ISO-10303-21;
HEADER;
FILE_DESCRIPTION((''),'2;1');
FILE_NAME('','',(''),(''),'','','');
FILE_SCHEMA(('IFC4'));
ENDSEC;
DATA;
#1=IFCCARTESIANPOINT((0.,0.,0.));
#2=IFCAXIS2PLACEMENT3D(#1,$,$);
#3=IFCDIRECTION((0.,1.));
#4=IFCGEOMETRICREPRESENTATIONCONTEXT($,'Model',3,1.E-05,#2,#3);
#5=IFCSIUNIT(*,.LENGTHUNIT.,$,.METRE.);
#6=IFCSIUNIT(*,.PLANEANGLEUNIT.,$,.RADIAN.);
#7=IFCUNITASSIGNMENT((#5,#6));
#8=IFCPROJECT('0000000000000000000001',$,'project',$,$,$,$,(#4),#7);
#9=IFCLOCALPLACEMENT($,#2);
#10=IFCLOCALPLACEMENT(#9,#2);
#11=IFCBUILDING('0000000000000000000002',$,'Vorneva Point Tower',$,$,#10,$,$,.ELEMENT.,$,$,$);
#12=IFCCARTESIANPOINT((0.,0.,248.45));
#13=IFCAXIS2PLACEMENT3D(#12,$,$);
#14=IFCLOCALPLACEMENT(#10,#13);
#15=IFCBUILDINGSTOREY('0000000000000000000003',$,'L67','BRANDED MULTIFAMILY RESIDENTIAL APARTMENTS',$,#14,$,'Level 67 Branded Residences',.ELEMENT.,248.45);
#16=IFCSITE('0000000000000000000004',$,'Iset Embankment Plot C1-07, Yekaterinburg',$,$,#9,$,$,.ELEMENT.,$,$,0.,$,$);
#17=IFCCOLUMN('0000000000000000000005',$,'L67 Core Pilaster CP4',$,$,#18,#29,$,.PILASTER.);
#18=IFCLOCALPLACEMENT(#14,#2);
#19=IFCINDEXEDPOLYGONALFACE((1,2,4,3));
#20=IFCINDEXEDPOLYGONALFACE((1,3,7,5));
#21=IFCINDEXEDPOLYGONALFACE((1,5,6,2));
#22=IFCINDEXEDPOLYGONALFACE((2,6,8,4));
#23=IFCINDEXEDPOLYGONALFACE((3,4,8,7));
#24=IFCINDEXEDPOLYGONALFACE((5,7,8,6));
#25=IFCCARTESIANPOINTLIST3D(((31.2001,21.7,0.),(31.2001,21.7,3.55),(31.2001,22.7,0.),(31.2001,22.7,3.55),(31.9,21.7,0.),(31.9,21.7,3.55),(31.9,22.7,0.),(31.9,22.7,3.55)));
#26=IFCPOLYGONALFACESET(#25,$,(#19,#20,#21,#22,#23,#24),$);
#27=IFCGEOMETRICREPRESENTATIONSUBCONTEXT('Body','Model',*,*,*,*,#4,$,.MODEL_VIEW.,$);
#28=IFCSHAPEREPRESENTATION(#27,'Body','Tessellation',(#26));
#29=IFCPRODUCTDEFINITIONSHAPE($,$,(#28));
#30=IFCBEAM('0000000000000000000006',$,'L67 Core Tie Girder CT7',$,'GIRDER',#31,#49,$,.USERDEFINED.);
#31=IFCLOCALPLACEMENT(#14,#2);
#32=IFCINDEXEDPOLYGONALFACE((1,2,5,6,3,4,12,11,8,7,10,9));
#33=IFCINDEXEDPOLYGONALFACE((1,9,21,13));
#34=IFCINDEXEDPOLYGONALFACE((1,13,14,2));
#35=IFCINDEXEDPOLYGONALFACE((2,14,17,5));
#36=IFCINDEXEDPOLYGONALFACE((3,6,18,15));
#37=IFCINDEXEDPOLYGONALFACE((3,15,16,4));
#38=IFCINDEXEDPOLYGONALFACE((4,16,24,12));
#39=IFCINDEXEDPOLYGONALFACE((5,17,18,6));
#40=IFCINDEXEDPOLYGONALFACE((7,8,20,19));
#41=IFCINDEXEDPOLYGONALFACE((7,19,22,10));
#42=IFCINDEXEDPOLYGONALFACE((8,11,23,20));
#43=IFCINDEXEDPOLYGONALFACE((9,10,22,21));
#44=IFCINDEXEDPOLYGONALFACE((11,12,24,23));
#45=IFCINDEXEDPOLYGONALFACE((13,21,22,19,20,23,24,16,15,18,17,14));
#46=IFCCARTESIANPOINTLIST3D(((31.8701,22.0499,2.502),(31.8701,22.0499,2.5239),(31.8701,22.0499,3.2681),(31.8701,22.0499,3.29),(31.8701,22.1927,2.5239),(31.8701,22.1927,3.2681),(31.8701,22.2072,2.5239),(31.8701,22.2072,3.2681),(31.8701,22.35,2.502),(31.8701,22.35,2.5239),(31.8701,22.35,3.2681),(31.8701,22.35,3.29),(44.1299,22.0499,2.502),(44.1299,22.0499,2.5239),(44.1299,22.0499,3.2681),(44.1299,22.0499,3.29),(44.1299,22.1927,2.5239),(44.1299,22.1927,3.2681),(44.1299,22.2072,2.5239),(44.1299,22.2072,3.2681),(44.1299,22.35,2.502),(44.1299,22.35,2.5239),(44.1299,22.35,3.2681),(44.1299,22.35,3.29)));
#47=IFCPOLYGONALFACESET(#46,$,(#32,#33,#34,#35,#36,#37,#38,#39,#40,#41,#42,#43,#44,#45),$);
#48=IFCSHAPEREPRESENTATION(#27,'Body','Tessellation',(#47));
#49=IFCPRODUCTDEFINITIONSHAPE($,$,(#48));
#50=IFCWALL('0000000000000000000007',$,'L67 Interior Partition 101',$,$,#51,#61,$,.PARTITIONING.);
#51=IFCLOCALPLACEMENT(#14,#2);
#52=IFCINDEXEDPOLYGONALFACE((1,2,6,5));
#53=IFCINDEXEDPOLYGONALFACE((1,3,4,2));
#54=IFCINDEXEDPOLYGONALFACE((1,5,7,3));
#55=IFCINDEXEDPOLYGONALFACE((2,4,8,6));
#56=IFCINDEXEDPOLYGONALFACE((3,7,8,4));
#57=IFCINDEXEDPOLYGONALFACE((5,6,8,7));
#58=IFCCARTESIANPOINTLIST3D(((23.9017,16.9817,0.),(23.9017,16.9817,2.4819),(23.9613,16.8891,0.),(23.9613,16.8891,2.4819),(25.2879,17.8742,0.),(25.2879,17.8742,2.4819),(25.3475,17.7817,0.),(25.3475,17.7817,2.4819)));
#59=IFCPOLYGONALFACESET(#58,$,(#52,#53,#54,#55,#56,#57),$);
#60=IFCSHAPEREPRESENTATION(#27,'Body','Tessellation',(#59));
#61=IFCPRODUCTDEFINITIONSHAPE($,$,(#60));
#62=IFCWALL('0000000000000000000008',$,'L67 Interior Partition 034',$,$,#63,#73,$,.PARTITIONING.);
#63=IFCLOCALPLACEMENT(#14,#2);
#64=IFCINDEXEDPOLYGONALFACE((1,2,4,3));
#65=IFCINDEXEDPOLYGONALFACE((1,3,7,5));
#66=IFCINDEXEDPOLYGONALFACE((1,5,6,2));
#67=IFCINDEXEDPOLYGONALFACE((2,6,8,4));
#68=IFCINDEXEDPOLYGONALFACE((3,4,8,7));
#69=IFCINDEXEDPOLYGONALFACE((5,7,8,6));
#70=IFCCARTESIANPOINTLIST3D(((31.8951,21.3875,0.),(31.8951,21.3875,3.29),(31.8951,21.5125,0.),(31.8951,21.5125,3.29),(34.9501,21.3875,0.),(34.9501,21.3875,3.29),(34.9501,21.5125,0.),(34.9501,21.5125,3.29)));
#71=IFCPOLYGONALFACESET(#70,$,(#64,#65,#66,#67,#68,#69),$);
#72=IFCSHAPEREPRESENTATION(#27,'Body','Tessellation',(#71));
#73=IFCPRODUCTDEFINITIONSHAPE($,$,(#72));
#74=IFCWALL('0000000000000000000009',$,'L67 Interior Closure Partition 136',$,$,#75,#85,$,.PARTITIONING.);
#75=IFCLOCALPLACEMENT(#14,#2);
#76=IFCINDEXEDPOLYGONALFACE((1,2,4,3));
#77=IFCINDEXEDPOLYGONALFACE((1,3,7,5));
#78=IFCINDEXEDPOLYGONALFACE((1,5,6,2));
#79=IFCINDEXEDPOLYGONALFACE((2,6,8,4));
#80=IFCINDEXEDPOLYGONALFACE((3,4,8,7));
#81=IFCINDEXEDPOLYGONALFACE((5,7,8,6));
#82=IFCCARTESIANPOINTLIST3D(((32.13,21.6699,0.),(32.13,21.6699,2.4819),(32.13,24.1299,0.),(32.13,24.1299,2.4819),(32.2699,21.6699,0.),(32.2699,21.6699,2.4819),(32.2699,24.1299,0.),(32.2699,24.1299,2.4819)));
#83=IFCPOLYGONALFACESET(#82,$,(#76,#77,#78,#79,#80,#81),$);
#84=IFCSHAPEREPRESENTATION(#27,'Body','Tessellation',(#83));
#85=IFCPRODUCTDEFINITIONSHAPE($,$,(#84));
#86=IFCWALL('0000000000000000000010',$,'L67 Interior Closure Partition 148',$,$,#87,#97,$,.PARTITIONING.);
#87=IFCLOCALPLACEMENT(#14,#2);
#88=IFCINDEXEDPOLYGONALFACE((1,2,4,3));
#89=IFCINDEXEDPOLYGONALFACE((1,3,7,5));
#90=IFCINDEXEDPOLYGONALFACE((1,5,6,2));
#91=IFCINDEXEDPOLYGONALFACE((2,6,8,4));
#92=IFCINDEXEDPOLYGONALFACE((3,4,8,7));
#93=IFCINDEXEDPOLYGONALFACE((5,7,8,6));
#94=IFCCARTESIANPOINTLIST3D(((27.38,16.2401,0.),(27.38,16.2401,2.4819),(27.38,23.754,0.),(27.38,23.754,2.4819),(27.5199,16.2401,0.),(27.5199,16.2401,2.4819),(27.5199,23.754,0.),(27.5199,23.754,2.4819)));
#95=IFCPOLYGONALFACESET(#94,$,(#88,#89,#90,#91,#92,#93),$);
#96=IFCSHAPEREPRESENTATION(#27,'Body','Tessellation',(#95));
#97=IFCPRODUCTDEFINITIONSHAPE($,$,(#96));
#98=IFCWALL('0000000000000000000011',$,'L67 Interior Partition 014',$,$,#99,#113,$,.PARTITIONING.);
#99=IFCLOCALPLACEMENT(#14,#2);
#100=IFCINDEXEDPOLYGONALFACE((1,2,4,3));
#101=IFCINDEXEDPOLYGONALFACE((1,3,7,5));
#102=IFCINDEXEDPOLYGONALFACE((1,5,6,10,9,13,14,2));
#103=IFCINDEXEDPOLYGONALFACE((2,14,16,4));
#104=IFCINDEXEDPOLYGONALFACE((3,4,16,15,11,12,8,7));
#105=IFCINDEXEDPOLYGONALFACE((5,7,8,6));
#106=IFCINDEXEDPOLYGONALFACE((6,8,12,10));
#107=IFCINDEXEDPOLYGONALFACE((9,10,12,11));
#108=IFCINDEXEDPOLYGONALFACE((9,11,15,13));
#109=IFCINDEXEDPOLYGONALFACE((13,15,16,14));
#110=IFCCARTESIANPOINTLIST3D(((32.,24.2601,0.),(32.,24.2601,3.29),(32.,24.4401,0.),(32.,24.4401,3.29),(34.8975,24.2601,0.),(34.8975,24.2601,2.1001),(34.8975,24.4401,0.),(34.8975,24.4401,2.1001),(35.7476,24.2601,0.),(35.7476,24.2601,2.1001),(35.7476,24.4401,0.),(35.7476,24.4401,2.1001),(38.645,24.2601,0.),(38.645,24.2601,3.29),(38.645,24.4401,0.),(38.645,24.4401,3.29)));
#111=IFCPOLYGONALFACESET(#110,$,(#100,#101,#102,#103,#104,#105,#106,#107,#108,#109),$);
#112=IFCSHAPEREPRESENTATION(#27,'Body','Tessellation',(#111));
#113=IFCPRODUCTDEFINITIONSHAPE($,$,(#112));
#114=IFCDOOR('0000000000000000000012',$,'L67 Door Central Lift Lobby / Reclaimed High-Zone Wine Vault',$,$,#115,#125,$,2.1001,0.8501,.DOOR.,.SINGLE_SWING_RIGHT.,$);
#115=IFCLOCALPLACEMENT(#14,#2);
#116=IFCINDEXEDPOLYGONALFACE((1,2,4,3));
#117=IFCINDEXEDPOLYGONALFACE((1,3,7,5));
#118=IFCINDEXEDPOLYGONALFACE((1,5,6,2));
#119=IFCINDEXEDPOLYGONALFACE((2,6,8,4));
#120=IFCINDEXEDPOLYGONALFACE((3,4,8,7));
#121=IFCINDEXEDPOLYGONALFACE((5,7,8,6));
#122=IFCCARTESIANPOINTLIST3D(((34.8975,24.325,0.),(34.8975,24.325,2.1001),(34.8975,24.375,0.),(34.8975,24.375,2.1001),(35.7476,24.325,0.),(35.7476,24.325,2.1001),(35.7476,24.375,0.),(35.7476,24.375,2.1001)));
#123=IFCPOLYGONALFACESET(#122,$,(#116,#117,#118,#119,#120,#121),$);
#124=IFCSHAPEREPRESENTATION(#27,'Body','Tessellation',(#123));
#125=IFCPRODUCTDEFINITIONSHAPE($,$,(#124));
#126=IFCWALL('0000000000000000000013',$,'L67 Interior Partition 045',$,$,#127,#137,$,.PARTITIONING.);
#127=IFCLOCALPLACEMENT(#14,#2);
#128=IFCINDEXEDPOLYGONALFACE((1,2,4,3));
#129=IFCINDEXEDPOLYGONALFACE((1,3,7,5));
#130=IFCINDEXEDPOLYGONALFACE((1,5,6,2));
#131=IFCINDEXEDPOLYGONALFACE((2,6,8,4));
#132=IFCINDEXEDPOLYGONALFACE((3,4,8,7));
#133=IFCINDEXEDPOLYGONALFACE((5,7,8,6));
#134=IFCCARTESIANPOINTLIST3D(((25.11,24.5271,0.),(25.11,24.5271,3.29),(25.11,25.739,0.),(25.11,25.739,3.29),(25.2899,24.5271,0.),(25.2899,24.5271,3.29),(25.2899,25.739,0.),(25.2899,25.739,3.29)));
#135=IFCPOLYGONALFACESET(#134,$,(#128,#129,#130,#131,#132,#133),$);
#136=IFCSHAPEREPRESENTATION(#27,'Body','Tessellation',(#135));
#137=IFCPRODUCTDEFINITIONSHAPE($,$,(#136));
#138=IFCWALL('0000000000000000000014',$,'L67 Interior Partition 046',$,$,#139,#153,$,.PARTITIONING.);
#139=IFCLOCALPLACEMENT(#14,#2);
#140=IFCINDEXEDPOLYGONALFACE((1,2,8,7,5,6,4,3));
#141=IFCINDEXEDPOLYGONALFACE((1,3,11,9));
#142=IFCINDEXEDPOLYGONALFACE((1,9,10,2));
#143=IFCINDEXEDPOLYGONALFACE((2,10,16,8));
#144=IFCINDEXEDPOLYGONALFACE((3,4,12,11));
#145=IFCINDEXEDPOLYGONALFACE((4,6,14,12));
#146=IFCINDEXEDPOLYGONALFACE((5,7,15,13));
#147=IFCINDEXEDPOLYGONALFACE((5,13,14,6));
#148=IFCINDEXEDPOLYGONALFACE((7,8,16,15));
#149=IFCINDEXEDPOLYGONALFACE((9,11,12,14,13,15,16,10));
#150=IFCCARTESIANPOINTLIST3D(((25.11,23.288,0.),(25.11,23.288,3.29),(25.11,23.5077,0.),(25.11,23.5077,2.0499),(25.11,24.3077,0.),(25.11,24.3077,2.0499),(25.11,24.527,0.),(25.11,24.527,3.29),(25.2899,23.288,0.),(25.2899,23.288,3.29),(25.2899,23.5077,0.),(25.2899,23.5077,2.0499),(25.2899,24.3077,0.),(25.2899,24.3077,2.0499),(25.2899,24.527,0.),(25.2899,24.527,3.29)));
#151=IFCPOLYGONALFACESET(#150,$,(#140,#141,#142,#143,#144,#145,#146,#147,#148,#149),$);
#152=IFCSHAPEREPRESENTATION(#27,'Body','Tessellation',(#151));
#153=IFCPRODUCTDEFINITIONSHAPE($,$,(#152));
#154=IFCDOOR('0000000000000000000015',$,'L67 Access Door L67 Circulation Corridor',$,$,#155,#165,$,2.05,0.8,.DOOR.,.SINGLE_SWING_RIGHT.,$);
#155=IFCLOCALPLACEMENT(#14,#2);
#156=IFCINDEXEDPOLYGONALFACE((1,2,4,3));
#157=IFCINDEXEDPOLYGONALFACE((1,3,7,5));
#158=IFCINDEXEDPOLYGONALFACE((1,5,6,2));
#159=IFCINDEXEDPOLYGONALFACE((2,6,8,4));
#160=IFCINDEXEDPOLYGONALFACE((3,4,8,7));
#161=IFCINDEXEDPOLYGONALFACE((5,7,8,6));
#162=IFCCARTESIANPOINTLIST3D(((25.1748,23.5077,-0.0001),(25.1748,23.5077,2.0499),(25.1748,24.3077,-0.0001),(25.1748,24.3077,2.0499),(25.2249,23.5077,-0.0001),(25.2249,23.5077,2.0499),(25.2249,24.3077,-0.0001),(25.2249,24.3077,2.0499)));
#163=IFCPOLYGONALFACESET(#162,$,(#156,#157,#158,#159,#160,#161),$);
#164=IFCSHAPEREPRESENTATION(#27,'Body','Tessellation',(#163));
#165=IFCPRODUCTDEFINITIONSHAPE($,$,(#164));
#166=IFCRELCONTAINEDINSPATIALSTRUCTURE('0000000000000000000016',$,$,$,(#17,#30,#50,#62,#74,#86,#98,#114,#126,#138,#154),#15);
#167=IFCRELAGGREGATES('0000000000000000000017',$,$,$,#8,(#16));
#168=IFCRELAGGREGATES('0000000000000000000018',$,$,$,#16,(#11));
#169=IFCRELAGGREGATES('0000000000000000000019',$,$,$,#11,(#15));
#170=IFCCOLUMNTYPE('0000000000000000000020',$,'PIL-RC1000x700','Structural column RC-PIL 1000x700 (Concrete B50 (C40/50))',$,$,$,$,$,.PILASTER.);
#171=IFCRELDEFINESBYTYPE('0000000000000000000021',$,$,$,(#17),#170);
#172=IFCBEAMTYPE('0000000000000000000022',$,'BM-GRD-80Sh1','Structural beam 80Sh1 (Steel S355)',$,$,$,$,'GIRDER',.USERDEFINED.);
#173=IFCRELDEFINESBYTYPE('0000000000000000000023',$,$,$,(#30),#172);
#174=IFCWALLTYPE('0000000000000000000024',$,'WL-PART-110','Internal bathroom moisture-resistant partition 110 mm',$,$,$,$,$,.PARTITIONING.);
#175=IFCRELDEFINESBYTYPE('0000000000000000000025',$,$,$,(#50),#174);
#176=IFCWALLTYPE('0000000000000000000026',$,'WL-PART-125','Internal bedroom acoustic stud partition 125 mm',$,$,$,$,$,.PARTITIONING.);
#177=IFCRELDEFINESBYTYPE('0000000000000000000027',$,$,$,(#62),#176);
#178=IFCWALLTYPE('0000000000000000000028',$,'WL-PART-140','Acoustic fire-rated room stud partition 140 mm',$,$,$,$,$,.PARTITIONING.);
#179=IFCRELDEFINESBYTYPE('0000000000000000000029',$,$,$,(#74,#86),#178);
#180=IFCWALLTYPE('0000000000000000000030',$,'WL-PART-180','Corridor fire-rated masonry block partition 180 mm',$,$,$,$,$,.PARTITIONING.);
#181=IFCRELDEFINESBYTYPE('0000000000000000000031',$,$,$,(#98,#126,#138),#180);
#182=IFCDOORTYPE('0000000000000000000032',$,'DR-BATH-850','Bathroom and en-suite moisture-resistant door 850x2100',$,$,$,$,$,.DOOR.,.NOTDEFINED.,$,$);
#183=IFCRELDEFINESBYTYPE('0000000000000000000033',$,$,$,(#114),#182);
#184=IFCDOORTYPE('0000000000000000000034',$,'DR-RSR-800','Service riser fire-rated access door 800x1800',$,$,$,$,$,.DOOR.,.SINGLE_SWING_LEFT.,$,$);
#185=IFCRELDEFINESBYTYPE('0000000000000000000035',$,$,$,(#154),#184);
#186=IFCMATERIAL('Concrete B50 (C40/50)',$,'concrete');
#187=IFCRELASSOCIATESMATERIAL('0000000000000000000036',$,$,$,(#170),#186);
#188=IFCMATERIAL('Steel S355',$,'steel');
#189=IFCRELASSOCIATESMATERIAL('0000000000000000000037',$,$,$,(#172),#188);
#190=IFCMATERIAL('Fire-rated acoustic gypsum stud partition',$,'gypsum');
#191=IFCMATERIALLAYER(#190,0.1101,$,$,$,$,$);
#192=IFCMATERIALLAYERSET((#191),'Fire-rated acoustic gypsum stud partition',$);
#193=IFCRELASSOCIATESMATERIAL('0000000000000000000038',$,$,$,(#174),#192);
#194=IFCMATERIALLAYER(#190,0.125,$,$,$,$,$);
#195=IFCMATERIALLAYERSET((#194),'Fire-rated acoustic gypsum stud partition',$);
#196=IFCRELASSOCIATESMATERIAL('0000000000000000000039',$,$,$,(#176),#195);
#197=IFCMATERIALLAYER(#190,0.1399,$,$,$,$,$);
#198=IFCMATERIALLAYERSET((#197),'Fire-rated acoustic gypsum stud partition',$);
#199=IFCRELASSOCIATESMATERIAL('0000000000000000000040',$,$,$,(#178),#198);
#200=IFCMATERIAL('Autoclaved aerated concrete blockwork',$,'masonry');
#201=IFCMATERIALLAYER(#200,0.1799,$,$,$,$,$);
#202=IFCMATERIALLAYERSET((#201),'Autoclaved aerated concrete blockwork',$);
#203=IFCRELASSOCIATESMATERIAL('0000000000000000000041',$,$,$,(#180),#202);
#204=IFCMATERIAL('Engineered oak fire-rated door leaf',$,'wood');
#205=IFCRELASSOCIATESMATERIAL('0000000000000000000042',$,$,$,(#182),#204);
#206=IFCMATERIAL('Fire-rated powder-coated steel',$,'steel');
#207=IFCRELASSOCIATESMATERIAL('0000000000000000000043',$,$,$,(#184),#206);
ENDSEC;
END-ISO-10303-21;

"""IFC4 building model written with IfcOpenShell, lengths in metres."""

from ifc_helpers import new_model, si_unit, direction, frame, frame_2d, origin, origin_2d, place, context, subcontext, project, spatial, rectangle, i_section, extrude, material, layer, layer_set, material_profile, profile_set, type_object, element, fill, save


model = new_model("IFC4")

# Units and contexts
model_context = context("Model", 3, precision=1e-05, world=origin(), true_north=direction((0.0, 1.0)))
body_context = subcontext(model_context, "Body", "Model", "MODEL_VIEW")
ifc_project = project(units=[si_unit("LENGTHUNIT", "METRE"), si_unit("PLANEANGLEUNIT", "RADIAN")], contexts=[model_context])

# Site, building, storey
site_placement = place(None, origin())
site = spatial("IfcSite", under=ifc_project, at=site_placement, Name="Iset Embankment Plot C1-07, Yekaterinburg", CompositionType="ELEMENT", RefElevation=0.0)
building_placement = place(site_placement, origin())
building = spatial("IfcBuilding", under=site, at=building_placement, Name="Vorneva Point Tower", CompositionType="ELEMENT")
storey_placement = place(building_placement, frame((0.0, 0.0, 248.45)))
storey = spatial("IfcBuildingStorey", under=building, at=storey_placement, Name="L67", Description="BRANDED MULTIFAMILY RESIDENTIAL APARTMENTS", LongName="Level 67 Branded Residences", CompositionType="ELEMENT", Elevation=248.45)

# Column
ifc_material_1 = material(Name="Concrete B50 (C40/50)", Category="concrete")
ifc_material_profile_1 = material_profile(ifc_material_1, rectangle(XDim=0.7, YDim=1.0, at=origin_2d()), Name="RC-PIL 1000x700")
ifc_profile_set_1 = profile_set([ifc_material_profile_1], Name="Concrete B50 (C40/50)")
column_type = type_object("IfcColumnType", Name="PIL-RC1000x700", Description="Structural column RC-PIL 1000x700 (Concrete B50 (C40/50))", PredefinedType="PILASTER", material=ifc_profile_set_1)
column_placement = place(storey_placement, frame((31.55, 22.2, 0.0), z_axis=(0.0, 0.0, 1.0), x_axis=(1.0, 0.0, 0.0)))
element("IfcColumn", 1, at=column_placement, inside=storey, type_object=column_type, Name="L67 Core Pilaster CP4", PredefinedType="PILASTER", context=body_context, shape_type="SweptSolid", body=[
    extrude(rectangle(XDim=0.7, YDim=1.0, at=origin_2d()), origin(), (0.0, 0.0, 1.0), 3.55),
])

# Beam
ifc_material_2 = material(Name="Steel S355", Category="steel")
ifc_material_profile_2 = material_profile(ifc_material_2, i_section(OverallWidth=0.3, OverallDepth=0.7881, WebThickness=0.0144, FlangeThickness=0.022, at=origin_2d()), Name="80Sh1")
ifc_profile_set_2 = profile_set([ifc_material_profile_2], Name="Steel S355")
beam_type = type_object("IfcBeamType", Name="BM-GRD-80Sh1", Description="Structural beam 80Sh1 (Steel S355)", ElementType="GIRDER", PredefinedType="USERDEFINED", material=ifc_profile_set_2)
beam_placement = place(storey_placement, frame((31.8701, 22.2, 2.896), z_axis=(1.0, 0.0, 0.0), x_axis=(0.0, 1.0, 0.0)))
element("IfcBeam", 2, at=beam_placement, inside=storey, type_object=beam_type, Name="L67 Core Tie Girder CT7", ObjectType="GIRDER", PredefinedType="USERDEFINED", context=body_context, shape_type="SweptSolid", body=[
    extrude(i_section(OverallWidth=0.3, OverallDepth=0.7881, WebThickness=0.0144, FlangeThickness=0.022, at=origin_2d()), origin(), (0.0, 0.0, 1.0), 12.2598),
])

# Walls
ifc_material_3 = material(Name="Fire-rated acoustic gypsum stud partition", Category="gypsum")
ifc_layer_1 = layer(ifc_material_3, 0.1101)
ifc_layer_set_1 = layer_set([ifc_layer_1], Name="Fire-rated acoustic gypsum stud partition")
wall_type_1 = type_object("IfcWallType", Name="WL-PART-110", Description="Internal bathroom moisture-resistant partition 110 mm", PredefinedType="PARTITIONING", material=ifc_layer_set_1)
wall_1_placement = place(storey_placement, frame((25.3176, 17.8279, 0.0), z_axis=(0.0, 0.0, 1.0), x_axis=(-0.840784, -0.541371, 0.0)))
element("IfcWall", 3, at=wall_1_placement, inside=storey, type_object=wall_type_1, Name="L67 Interior Partition 101", PredefinedType="PARTITIONING", context=body_context, shape_type="SweptSolid", body=[
    extrude(rectangle(XDim=1.6487, YDim=0.1101, at=frame_2d((0.8242, 0.0))), origin(), (0.0, 0.0, 1.0), 2.4819),
])
ifc_layer_2 = layer(ifc_material_3, 0.125)
ifc_layer_set_2 = layer_set([ifc_layer_2], Name="Fire-rated acoustic gypsum stud partition")
wall_type_2 = type_object("IfcWallType", Name="WL-PART-125", Description="Internal bedroom acoustic stud partition 125 mm", PredefinedType="PARTITIONING", material=ifc_layer_set_2)
wall_2_placement = place(storey_placement, frame((34.95, 21.45, 0.0), z_axis=(0.0, 0.0, 1.0), x_axis=(-1.0, 0.0, 0.0)))
element("IfcWall", 4, at=wall_2_placement, inside=storey, type_object=wall_type_2, Name="L67 Interior Partition 034", PredefinedType="PARTITIONING", context=body_context, shape_type="SweptSolid", body=[
    extrude(rectangle(XDim=3.0549, YDim=0.125, at=frame_2d((1.5273, 0.0))), origin(), (0.0, 0.0, 1.0), 3.29),
])
ifc_layer_3 = layer(ifc_material_3, 0.1399)
ifc_layer_set_3 = layer_set([ifc_layer_3], Name="Fire-rated acoustic gypsum stud partition")
wall_type_3 = type_object("IfcWallType", Name="WL-PART-140", Description="Acoustic fire-rated room stud partition 140 mm", PredefinedType="PARTITIONING", material=ifc_layer_set_3)
wall_3_placement = place(storey_placement, frame((32.2, 24.1299, 0.0), z_axis=(0.0, 0.0, 1.0), x_axis=(0.0, -1.0, 0.0)))
element("IfcWall", 5, at=wall_3_placement, inside=storey, type_object=wall_type_3, Name="L67 Interior Closure Partition 136", PredefinedType="PARTITIONING", context=body_context, shape_type="SweptSolid", body=[
    extrude(rectangle(XDim=2.46, YDim=0.1399, at=frame_2d((1.23, 0.0))), origin(), (0.0, 0.0, 1.0), 2.4819),
])
wall_4_placement = place(storey_placement, frame((27.45, 23.7539, 0.0), z_axis=(0.0, 0.0, 1.0), x_axis=(0.0, -1.0, 0.0)))
element("IfcWall", 6, at=wall_4_placement, inside=storey, type_object=wall_type_3, Name="L67 Interior Closure Partition 148", PredefinedType="PARTITIONING", context=body_context, shape_type="SweptSolid", body=[
    extrude(rectangle(XDim=7.5139, YDim=0.1399, at=frame_2d((3.7568, 0.0))), origin(), (0.0, 0.0, 1.0), 2.4819),
])

# Wall, opening, door
ifc_material_4 = material(Name="Autoclaved aerated concrete blockwork", Category="masonry")
ifc_layer_4 = layer(ifc_material_4, 0.1799)
ifc_layer_set_4 = layer_set([ifc_layer_4], Name="Autoclaved aerated concrete blockwork")
wall_type_4 = type_object("IfcWallType", Name="WL-PART-180", Description="Corridor fire-rated masonry block partition 180 mm", PredefinedType="PARTITIONING", material=ifc_layer_set_4)
ifc_material_5 = material(Name="Fire-rated powder-coated steel", Category="steel")
wall_5_placement = place(storey_placement, frame((32.0, 24.3501, 0.0), z_axis=(0.0, 0.0, 1.0), x_axis=(1.0, 0.0, 0.0)))
wall_5 = element("IfcWall", 7, at=wall_5_placement, inside=storey, type_object=wall_type_4, Name="L67 Interior Partition 014", PredefinedType="PARTITIONING", context=body_context, shape_type="SweptSolid", body=[
    extrude(rectangle(XDim=6.645, YDim=0.1799, at=frame_2d((3.3225, 0.0))), origin(), (0.0, 0.0, 1.0), 3.29),
])
opening_1_placement = place(wall_5_placement, frame((2.8975, 0.0, 0.0)))
opening_1 = element("IfcOpeningElement", 8, at=opening_1_placement, cuts=wall_5, PredefinedType="OPENING", context=body_context, shape_type="SweptSolid", body=[
    extrude(rectangle(XDim=0.8501, YDim=2.1001, at=frame_2d((0.425, 1.05))), frame((0.0, 0.105, 0.0), z_axis=(0.0, -1.0, 0.0), x_axis=(1.0, 0.0, 0.0)), (0.0, 0.0, 1.0), 0.2097),
])
ifc_material_6 = material(Name="Engineered oak fire-rated door leaf", Category="wood")
door_type_1 = type_object("IfcDoorType", Name="DR-BATH-850", Description="Bathroom and en-suite moisture-resistant door 850x2100", OperationType="NOTDEFINED", PredefinedType="DOOR", material=ifc_material_6)
door_1_placement = place(opening_1_placement, origin())
door_1 = element("IfcDoor", 9, at=door_1_placement, inside=storey, type_object=door_type_1, Name="L67 Door Central Lift Lobby / Reclaimed High-Zone Wine Vault", OperationType="SINGLE_SWING_RIGHT", OverallHeight=2.1001, OverallWidth=0.8501, PredefinedType="DOOR", context=body_context, shape_type="SweptSolid", body=[
    extrude(rectangle(XDim=0.8501, YDim=2.1001, at=frame_2d((0.425, 1.05))), frame((0.0, 0.0249, 0.0), z_axis=(0.0, -1.0, 0.0), x_axis=(1.0, 0.0, 0.0)), (0.0, 0.0, 1.0), 0.05),
])
fill(opening_1, door_1)

# Wall
wall_6_placement = place(storey_placement, frame((25.2, 25.739, 0.0), z_axis=(0.0, 0.0, 1.0), x_axis=(0.0, -1.0, 0.0)))
element("IfcWall", 10, at=wall_6_placement, inside=storey, type_object=wall_type_4, Name="L67 Interior Partition 045", PredefinedType="PARTITIONING", context=body_context, shape_type="SweptSolid", body=[
    extrude(rectangle(XDim=1.2119, YDim=0.1799, at=frame_2d((0.606, 0.0))), origin(), (0.0, 0.0, 1.0), 3.29),
])

# Wall, opening, door
wall_7_placement = place(storey_placement, frame((25.2, 24.5271, 0.0), z_axis=(0.0, 0.0, 1.0), x_axis=(0.0, -1.0, 0.0)))
wall_7 = element("IfcWall", 11, at=wall_7_placement, inside=storey, type_object=wall_type_4, Name="L67 Interior Partition 046", PredefinedType="PARTITIONING", context=body_context, shape_type="SweptSolid", body=[
    extrude(rectangle(XDim=1.239, YDim=0.1799, at=frame_2d((0.6196, 0.0))), origin(), (0.0, 0.0, 1.0), 3.29),
])
opening_2_placement = place(wall_7_placement, frame((0.2195, 0.0, 0.0)))
opening_2 = element("IfcOpeningElement", 12, at=opening_2_placement, cuts=wall_7, PredefinedType="OPENING", context=body_context, shape_type="SweptSolid", body=[
    extrude(rectangle(XDim=0.8, YDim=2.05, at=frame_2d((0.3999, 1.0249))), frame((0.0, 0.105, 0.0), z_axis=(0.0, -1.0, 0.0), x_axis=(1.0, 0.0, 0.0)), (0.0, 0.0, 1.0), 0.2097),
])
door_type_2 = type_object("IfcDoorType", Name="DR-RSR-800", Description="Service riser fire-rated access door 800x1800", OperationType="SINGLE_SWING_LEFT", PredefinedType="DOOR", material=ifc_material_5)
door_2_placement = place(opening_2_placement, origin())
door_2 = element("IfcDoor", 13, at=door_2_placement, inside=storey, type_object=door_type_2, Name="L67 Access Door L67 Circulation Corridor", OperationType="SINGLE_SWING_RIGHT", OverallHeight=2.05, OverallWidth=0.8, PredefinedType="DOOR", context=body_context, shape_type="SweptSolid", body=[
    extrude(rectangle(XDim=0.8, YDim=2.05, at=frame_2d((0.3999, 1.0249))), frame((0.0, 0.0249, 0.0), z_axis=(0.0, -1.0, 0.0), x_axis=(1.0, 0.0, 0.0)), (0.0, 0.0, 1.0), 0.05),
])
fill(opening_2, door_2)

save(model, "model.ifc")
